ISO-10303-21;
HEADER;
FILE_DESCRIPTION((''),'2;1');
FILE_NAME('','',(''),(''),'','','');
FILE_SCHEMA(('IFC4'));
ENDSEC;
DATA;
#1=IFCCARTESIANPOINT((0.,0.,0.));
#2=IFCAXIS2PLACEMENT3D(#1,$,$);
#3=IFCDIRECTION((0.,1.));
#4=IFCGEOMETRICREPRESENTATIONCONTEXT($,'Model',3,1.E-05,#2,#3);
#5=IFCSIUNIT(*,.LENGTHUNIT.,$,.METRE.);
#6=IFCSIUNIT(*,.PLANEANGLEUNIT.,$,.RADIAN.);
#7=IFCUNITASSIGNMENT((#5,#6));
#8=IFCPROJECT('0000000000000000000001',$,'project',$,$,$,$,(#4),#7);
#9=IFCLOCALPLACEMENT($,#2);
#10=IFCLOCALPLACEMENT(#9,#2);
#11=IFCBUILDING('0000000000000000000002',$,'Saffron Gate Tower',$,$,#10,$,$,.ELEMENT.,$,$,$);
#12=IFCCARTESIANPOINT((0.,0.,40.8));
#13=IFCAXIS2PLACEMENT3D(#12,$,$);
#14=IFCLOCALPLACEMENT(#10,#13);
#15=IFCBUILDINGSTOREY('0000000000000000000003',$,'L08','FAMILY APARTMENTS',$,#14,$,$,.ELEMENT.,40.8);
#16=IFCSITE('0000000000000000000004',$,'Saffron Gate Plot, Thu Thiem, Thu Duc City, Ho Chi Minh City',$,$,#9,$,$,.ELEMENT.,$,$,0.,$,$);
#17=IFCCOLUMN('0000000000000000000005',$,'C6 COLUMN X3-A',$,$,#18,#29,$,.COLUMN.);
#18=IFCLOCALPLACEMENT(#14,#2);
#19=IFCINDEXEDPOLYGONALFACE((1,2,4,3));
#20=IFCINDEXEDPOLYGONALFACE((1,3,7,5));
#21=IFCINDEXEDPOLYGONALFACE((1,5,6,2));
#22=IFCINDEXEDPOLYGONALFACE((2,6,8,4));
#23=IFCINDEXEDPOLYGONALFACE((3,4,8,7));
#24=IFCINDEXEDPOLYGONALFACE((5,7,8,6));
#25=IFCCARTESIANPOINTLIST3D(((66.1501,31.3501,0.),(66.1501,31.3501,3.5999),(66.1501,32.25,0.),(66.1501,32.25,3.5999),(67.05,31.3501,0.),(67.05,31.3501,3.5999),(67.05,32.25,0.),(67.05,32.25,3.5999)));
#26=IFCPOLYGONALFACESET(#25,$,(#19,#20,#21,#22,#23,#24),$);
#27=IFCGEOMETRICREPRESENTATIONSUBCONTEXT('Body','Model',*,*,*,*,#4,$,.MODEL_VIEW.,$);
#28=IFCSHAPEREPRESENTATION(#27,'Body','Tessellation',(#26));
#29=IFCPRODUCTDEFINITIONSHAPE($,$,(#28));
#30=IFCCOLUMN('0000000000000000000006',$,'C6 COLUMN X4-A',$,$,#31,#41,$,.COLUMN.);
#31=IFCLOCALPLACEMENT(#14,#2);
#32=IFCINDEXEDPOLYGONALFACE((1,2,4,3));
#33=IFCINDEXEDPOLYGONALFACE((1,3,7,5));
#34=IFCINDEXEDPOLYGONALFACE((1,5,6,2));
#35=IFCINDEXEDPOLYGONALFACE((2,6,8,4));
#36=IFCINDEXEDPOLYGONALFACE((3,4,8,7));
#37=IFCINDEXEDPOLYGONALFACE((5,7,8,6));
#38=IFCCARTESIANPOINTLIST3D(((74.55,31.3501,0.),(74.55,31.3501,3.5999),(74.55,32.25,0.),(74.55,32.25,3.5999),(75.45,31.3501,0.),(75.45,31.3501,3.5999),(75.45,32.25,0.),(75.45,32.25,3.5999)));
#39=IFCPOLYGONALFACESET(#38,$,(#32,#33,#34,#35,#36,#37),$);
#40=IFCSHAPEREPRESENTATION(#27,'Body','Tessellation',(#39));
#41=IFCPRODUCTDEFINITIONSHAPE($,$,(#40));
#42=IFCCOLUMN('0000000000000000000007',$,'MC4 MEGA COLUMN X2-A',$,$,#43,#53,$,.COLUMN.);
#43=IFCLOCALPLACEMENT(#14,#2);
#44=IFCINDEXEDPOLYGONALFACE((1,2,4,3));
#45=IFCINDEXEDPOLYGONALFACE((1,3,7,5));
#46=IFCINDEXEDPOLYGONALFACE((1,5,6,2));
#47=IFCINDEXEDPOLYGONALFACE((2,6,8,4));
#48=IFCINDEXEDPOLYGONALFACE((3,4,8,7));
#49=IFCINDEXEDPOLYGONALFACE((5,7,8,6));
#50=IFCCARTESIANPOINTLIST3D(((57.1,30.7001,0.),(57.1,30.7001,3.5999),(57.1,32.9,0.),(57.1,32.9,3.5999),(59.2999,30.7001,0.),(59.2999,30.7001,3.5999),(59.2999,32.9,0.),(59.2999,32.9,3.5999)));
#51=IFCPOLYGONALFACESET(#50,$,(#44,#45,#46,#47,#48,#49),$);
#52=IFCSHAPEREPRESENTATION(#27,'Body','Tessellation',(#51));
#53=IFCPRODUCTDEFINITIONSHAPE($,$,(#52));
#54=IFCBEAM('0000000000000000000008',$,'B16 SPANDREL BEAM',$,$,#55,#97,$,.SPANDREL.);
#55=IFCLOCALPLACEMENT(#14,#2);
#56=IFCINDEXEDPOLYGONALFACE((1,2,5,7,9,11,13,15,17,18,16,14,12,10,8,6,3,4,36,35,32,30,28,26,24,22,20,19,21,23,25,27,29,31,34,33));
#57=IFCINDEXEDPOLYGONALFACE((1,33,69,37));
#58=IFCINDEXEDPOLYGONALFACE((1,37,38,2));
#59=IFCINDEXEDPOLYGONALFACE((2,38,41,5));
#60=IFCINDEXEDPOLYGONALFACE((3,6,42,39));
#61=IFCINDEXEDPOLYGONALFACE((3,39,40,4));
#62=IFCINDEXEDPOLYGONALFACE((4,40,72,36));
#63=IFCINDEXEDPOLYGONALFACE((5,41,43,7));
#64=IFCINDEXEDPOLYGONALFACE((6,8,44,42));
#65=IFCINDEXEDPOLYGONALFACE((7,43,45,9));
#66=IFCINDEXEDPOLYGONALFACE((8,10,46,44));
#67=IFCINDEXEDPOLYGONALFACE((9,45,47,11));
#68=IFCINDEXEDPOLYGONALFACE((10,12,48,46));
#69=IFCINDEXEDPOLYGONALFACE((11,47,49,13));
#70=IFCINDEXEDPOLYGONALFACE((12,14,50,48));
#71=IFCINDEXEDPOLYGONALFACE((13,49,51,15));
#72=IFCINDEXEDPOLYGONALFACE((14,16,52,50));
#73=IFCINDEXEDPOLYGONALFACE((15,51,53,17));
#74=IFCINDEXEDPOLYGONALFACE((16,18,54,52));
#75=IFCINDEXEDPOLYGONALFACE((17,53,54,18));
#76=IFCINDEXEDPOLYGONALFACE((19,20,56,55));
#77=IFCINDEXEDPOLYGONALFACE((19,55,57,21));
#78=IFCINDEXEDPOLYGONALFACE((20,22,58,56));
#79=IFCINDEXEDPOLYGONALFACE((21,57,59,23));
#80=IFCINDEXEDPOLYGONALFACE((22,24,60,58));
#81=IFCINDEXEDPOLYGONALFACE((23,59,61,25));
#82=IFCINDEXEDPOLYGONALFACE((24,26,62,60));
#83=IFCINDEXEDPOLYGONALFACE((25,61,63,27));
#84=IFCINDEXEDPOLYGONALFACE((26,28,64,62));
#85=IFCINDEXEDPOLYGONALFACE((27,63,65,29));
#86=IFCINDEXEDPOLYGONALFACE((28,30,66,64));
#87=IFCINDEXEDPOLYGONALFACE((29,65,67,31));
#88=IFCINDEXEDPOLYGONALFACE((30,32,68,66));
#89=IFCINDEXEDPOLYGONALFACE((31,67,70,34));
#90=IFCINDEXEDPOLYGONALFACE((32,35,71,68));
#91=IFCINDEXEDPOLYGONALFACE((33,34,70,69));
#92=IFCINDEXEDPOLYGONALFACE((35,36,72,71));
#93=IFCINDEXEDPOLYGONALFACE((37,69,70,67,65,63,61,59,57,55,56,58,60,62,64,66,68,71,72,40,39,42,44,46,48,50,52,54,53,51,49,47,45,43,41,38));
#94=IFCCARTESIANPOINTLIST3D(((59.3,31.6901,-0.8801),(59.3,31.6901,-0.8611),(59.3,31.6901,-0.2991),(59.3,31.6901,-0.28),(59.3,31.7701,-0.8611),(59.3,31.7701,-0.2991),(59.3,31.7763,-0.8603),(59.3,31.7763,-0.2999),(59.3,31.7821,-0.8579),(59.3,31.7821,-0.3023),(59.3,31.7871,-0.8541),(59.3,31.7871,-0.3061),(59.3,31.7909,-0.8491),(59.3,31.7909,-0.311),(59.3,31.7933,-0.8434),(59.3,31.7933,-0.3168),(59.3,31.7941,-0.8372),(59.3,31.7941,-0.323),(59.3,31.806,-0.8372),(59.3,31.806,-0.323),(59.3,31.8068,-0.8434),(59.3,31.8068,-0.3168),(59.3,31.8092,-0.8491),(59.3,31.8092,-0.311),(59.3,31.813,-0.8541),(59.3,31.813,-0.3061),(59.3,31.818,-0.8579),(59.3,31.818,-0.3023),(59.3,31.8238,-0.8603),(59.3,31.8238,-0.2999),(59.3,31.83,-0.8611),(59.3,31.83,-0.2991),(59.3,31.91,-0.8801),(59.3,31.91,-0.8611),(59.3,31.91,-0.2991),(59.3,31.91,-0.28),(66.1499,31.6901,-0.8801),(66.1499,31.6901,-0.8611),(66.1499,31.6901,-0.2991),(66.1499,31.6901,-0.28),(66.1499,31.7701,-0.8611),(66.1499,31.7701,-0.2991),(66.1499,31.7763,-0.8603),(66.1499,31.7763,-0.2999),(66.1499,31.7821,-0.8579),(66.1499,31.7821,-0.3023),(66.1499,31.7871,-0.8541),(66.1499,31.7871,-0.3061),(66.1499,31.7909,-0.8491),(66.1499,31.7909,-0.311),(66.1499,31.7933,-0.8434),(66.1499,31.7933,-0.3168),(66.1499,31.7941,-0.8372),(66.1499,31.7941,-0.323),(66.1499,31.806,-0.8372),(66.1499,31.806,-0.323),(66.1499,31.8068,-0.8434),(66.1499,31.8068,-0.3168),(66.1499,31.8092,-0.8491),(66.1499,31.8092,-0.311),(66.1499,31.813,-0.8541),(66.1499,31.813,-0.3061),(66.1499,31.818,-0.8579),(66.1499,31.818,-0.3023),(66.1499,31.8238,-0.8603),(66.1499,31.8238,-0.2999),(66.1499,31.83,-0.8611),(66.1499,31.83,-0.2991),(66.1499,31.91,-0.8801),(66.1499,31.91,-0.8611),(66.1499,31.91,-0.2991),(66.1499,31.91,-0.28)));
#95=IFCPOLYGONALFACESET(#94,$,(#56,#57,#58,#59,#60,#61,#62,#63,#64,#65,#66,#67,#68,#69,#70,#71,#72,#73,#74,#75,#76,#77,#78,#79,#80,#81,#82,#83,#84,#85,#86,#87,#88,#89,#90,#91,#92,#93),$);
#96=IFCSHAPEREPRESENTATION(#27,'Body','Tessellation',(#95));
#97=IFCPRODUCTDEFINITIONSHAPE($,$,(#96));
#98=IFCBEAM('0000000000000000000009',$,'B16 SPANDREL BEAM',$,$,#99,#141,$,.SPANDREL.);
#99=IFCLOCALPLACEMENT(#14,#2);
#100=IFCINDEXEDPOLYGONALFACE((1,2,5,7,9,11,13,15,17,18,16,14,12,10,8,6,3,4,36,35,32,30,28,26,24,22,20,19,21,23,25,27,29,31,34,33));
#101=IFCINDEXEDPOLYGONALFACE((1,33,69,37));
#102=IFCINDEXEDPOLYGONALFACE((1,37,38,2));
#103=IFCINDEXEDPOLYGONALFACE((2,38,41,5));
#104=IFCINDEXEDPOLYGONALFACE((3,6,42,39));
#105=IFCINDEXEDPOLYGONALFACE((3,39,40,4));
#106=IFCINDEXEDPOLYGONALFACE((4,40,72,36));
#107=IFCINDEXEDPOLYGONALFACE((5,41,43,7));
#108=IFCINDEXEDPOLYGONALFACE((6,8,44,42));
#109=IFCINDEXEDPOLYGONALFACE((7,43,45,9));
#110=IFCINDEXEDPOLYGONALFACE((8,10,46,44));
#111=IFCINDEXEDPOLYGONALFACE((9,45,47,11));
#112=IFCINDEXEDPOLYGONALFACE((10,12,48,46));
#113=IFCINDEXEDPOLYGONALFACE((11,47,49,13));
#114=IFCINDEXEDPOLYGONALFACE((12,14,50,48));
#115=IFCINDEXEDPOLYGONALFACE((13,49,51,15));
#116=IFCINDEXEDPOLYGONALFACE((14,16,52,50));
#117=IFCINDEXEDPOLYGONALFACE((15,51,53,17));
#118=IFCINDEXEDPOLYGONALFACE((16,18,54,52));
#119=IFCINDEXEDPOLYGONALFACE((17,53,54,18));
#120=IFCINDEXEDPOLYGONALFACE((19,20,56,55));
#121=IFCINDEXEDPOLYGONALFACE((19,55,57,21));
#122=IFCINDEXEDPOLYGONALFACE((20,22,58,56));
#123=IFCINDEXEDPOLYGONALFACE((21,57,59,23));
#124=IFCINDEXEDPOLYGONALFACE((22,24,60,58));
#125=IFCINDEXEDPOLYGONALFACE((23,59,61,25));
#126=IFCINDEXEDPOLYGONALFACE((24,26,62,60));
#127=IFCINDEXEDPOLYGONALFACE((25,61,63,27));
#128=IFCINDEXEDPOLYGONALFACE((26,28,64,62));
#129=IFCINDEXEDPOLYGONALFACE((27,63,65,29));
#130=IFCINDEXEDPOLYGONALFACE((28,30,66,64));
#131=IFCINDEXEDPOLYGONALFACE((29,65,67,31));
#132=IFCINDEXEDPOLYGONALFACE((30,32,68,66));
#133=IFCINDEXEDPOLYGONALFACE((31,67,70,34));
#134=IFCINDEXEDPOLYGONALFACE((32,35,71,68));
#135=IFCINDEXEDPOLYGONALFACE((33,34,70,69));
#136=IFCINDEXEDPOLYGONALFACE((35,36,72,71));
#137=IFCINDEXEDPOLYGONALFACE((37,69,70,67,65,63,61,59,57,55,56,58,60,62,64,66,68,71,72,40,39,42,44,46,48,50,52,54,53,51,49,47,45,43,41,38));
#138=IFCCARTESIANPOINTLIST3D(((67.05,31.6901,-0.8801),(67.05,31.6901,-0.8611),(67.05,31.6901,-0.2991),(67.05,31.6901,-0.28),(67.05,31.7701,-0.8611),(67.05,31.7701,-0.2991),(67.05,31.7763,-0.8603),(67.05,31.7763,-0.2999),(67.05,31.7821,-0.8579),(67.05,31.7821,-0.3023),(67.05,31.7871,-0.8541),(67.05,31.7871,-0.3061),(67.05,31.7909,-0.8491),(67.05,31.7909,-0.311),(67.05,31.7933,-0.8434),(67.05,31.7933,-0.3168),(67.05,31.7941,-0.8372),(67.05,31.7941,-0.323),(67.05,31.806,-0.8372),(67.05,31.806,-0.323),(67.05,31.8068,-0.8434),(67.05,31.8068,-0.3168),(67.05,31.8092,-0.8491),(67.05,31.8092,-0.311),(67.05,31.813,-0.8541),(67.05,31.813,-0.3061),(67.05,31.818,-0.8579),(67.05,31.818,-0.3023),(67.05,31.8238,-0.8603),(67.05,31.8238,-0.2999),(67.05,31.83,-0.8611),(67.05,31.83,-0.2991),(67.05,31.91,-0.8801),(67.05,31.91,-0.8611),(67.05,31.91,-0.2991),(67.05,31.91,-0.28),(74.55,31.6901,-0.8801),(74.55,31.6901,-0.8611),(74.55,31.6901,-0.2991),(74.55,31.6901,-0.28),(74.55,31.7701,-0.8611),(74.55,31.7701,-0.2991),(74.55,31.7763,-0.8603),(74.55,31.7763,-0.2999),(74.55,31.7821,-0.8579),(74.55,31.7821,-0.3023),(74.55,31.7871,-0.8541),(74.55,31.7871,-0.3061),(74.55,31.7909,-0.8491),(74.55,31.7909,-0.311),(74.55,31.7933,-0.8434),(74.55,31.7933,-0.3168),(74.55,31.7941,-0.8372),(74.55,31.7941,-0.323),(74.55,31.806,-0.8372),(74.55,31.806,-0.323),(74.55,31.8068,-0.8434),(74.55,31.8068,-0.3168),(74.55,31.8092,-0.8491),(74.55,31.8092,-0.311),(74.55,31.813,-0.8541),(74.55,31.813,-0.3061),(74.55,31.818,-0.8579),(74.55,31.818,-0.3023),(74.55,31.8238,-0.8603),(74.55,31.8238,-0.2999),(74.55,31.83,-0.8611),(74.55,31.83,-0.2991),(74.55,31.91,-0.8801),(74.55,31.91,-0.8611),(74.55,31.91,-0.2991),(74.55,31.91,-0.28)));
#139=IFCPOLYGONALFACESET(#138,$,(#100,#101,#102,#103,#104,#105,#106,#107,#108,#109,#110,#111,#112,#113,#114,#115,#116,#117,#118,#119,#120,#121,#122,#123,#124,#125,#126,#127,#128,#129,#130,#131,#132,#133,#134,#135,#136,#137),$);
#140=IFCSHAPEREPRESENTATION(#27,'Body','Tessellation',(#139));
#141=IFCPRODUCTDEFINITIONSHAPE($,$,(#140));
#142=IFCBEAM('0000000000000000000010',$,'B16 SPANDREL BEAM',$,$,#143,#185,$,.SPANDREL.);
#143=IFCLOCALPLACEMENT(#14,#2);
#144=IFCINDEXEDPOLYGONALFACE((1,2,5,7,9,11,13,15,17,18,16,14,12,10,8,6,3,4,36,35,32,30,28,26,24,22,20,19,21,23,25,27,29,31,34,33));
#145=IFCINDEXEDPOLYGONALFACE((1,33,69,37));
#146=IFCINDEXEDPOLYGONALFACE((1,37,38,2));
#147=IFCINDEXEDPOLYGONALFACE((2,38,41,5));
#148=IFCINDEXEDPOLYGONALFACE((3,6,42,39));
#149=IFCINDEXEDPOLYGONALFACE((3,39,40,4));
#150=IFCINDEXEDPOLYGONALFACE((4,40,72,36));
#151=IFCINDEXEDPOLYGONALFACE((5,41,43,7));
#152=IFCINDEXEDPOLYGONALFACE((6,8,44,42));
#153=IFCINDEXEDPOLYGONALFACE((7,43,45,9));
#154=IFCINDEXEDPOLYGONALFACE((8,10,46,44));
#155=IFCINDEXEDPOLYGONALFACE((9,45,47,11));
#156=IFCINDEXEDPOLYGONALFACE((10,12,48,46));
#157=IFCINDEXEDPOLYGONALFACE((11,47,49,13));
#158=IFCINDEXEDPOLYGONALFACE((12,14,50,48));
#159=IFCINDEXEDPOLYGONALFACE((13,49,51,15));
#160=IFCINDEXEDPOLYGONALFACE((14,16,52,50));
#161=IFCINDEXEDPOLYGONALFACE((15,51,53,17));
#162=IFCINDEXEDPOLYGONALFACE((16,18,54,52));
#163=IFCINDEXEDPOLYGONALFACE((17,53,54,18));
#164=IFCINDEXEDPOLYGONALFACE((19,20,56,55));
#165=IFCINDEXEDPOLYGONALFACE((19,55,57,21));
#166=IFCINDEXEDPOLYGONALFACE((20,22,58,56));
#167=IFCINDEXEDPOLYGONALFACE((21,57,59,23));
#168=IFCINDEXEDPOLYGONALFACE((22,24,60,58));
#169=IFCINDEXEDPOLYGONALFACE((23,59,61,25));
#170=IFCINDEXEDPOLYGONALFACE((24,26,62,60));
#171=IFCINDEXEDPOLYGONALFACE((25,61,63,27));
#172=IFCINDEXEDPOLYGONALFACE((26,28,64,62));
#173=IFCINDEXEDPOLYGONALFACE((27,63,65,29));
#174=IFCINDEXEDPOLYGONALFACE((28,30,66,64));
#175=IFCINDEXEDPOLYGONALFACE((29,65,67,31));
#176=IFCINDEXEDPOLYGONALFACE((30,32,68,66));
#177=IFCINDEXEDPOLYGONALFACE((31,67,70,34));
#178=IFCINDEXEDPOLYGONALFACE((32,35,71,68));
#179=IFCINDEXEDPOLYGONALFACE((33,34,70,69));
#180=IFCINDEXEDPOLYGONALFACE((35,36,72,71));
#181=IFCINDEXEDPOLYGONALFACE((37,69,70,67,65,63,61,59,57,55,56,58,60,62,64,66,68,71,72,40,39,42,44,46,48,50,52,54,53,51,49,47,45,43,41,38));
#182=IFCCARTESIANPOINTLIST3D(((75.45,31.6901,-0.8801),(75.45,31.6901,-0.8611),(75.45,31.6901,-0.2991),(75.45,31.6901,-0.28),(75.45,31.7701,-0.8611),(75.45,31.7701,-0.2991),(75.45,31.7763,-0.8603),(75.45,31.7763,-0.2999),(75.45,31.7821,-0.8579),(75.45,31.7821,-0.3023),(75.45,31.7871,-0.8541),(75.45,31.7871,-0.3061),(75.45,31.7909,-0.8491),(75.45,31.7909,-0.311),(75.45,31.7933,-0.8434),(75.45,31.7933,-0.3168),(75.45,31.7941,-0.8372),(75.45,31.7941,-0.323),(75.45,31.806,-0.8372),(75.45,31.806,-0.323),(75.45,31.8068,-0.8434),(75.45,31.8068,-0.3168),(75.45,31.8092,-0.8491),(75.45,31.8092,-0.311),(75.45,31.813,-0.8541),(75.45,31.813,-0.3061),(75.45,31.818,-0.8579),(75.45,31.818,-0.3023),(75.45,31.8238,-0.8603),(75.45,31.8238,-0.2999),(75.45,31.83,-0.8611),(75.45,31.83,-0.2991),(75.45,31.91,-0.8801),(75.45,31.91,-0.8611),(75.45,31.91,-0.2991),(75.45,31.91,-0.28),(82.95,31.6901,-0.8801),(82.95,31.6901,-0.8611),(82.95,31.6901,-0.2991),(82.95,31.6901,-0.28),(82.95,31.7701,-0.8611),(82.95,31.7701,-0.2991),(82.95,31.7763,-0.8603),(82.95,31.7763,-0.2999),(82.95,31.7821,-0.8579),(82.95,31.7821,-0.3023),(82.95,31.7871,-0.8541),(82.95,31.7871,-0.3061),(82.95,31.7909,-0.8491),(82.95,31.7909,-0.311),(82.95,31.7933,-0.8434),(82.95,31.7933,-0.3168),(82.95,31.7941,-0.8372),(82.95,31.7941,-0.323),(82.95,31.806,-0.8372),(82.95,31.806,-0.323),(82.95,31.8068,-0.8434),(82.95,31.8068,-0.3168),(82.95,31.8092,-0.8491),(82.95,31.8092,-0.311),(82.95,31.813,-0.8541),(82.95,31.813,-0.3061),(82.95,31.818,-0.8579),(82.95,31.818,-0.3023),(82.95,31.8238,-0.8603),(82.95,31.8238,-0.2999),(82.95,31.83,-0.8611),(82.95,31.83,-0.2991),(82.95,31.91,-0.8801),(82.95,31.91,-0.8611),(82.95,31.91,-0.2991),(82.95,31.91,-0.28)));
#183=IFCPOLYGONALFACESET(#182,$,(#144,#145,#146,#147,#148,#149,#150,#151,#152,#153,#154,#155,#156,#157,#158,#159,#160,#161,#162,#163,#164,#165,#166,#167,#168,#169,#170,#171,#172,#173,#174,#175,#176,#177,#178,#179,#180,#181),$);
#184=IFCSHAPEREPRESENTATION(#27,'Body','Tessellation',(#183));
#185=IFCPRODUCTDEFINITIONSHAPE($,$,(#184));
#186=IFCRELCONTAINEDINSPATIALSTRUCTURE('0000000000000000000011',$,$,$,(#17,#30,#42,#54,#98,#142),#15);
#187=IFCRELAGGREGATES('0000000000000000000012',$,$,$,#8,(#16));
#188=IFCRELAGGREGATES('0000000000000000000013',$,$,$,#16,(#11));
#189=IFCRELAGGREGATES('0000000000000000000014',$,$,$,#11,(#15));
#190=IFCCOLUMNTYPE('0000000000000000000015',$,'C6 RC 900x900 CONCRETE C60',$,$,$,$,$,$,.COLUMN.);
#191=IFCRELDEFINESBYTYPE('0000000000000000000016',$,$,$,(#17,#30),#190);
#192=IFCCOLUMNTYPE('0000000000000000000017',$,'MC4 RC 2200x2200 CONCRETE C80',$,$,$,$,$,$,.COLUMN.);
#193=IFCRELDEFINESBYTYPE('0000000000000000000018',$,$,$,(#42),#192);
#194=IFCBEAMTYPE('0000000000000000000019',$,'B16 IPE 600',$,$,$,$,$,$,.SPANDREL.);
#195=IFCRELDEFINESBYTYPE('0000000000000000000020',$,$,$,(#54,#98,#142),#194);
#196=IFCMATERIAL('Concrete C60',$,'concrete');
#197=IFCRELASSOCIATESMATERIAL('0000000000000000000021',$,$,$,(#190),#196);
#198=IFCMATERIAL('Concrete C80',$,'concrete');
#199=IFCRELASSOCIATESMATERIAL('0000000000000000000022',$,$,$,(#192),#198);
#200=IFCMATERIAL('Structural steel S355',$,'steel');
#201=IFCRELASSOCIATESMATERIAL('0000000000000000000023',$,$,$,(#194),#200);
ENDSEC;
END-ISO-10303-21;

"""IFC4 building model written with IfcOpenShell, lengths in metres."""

from ifc_helpers import new_model, si_unit, direction, frame, origin, origin_2d, place, context, subcontext, project, spatial, rectangle, i_section, extrude, material, material_profile, profile_set, type_object, element, save


model = new_model("IFC4")

# Units and contexts
model_context = context("Model", 3, precision=1e-05, world=origin(), true_north=direction((0.0, 1.0)))
body_context = subcontext(model_context, "Body", "Model", "MODEL_VIEW")
ifc_project = project(units=[si_unit("LENGTHUNIT", "METRE"), si_unit("PLANEANGLEUNIT", "RADIAN")], contexts=[model_context])

# Site, building, storey
site_placement = place(None, origin())
site = spatial("IfcSite", under=ifc_project, at=site_placement, Name="Saffron Gate Plot, Thu Thiem, Thu Duc City, Ho Chi Minh City", CompositionType="ELEMENT", RefElevation=0.0)
building_placement = place(site_placement, origin())
building = spatial("IfcBuilding", under=site, at=building_placement, Name="Saffron Gate Tower", CompositionType="ELEMENT")
storey_placement = place(building_placement, frame((0.0, 0.0, 40.8)))
storey = spatial("IfcBuildingStorey", under=building, at=storey_placement, Name="L08", Description="FAMILY APARTMENTS", CompositionType="ELEMENT", Elevation=40.8)

# Columns
ifc_material_1 = material(Name="Concrete C60", Category="concrete")
ifc_material_profile_1 = material_profile(ifc_material_1, rectangle(XDim=0.8999, YDim=0.8999, at=origin_2d()))
ifc_profile_set_1 = profile_set([ifc_material_profile_1], Name="Concrete C60")
column_type_1 = type_object("IfcColumnType", Name="C6 RC 900x900 CONCRETE C60", PredefinedType="COLUMN", material=ifc_profile_set_1)
for number, where, z_axis, x_axis, name in (
    (1, (66.6001, 31.8, 0.0), (0.0, 0.0, 1.0), (1.0, 0.0, 0.0), "C6 COLUMN X3-A"),
    (2, (75.0, 31.8, 0.0), (0.0, 0.0, 1.0), (1.0, 0.0, 0.0), "C6 COLUMN X4-A"),
):
    element("IfcColumn", number, at=place(storey_placement, frame(where, z_axis=z_axis, x_axis=x_axis)), inside=storey, type_object=column_type_1, Name=name, PredefinedType="COLUMN", context=body_context, shape_type="SweptSolid", body=[
        extrude(rectangle(XDim=0.8999, YDim=0.8999, at=origin_2d()), origin(), (0.0, 0.0, 1.0), 3.5999),
    ])
ifc_material_2 = material(Name="Concrete C80", Category="concrete")
ifc_material_profile_2 = material_profile(ifc_material_2, rectangle(XDim=2.2, YDim=2.2, at=origin_2d()))
ifc_profile_set_2 = profile_set([ifc_material_profile_2], Name="Concrete C80")
column_type_2 = type_object("IfcColumnType", Name="MC4 RC 2200x2200 CONCRETE C80", PredefinedType="COLUMN", material=ifc_profile_set_2)
column_placement = place(storey_placement, frame((58.2, 31.8, 0.0), z_axis=(0.0, 0.0, 1.0), x_axis=(1.0, 0.0, 0.0)))
element("IfcColumn", 3, at=column_placement, inside=storey, type_object=column_type_2, Name="MC4 MEGA COLUMN X2-A", PredefinedType="COLUMN", context=body_context, shape_type="SweptSolid", body=[
    extrude(rectangle(XDim=2.2, YDim=2.2, at=origin_2d()), origin(), (0.0, 0.0, 1.0), 3.5999),
])

# Beams
ifc_material_3 = material(Name="Structural steel S355", Category="steel")
ifc_material_profile_3 = material_profile(ifc_material_3, i_section(OverallWidth=0.22, OverallDepth=0.6001, WebThickness=0.012, FlangeThickness=0.019, FilletRadius=0.0239, at=origin_2d()))
ifc_profile_set_3 = profile_set([ifc_material_profile_3], Name="Structural steel S355")
beam_type_1 = type_object("IfcBeamType", Name="B16 IPE 600", PredefinedType="SPANDREL", material=ifc_profile_set_3)
beam_1_placement = place(storey_placement, frame((59.3, 31.8, -0.5801), z_axis=(1.0, 0.0, 0.0), x_axis=(0.0, 1.0, 0.0)))
element("IfcBeam", 4, at=beam_1_placement, inside=storey, type_object=beam_type_1, Name="B16 SPANDREL BEAM", PredefinedType="SPANDREL", context=body_context, shape_type="SweptSolid", body=[
    extrude(i_section(OverallWidth=0.22, OverallDepth=0.6001, WebThickness=0.012, FlangeThickness=0.019, FilletRadius=0.0239, at=origin_2d()), origin(), (0.0, 0.0, 1.0), 6.8499),
])
for number, where, z_axis, x_axis, name in (
    (5, (67.05, 31.8, -0.5801), (1.0, 0.0, 0.0), (0.0, 1.0, 0.0), "B16 SPANDREL BEAM"),
    (6, (75.45, 31.8, -0.5801), (1.0, 0.0, 0.0), (0.0, 1.0, 0.0), "B16 SPANDREL BEAM"),
):
    element("IfcBeam", number, at=place(storey_placement, frame(where, z_axis=z_axis, x_axis=x_axis)), inside=storey, type_object=beam_type_1, Name=name, PredefinedType="SPANDREL", context=body_context, shape_type="SweptSolid", body=[
        extrude(i_section(OverallWidth=0.22, OverallDepth=0.6001, WebThickness=0.012, FlangeThickness=0.019, FilletRadius=0.0239, at=origin_2d()), origin(), (0.0, 0.0, 1.0), 7.5),
    ])

save(model, "model.ifc")
